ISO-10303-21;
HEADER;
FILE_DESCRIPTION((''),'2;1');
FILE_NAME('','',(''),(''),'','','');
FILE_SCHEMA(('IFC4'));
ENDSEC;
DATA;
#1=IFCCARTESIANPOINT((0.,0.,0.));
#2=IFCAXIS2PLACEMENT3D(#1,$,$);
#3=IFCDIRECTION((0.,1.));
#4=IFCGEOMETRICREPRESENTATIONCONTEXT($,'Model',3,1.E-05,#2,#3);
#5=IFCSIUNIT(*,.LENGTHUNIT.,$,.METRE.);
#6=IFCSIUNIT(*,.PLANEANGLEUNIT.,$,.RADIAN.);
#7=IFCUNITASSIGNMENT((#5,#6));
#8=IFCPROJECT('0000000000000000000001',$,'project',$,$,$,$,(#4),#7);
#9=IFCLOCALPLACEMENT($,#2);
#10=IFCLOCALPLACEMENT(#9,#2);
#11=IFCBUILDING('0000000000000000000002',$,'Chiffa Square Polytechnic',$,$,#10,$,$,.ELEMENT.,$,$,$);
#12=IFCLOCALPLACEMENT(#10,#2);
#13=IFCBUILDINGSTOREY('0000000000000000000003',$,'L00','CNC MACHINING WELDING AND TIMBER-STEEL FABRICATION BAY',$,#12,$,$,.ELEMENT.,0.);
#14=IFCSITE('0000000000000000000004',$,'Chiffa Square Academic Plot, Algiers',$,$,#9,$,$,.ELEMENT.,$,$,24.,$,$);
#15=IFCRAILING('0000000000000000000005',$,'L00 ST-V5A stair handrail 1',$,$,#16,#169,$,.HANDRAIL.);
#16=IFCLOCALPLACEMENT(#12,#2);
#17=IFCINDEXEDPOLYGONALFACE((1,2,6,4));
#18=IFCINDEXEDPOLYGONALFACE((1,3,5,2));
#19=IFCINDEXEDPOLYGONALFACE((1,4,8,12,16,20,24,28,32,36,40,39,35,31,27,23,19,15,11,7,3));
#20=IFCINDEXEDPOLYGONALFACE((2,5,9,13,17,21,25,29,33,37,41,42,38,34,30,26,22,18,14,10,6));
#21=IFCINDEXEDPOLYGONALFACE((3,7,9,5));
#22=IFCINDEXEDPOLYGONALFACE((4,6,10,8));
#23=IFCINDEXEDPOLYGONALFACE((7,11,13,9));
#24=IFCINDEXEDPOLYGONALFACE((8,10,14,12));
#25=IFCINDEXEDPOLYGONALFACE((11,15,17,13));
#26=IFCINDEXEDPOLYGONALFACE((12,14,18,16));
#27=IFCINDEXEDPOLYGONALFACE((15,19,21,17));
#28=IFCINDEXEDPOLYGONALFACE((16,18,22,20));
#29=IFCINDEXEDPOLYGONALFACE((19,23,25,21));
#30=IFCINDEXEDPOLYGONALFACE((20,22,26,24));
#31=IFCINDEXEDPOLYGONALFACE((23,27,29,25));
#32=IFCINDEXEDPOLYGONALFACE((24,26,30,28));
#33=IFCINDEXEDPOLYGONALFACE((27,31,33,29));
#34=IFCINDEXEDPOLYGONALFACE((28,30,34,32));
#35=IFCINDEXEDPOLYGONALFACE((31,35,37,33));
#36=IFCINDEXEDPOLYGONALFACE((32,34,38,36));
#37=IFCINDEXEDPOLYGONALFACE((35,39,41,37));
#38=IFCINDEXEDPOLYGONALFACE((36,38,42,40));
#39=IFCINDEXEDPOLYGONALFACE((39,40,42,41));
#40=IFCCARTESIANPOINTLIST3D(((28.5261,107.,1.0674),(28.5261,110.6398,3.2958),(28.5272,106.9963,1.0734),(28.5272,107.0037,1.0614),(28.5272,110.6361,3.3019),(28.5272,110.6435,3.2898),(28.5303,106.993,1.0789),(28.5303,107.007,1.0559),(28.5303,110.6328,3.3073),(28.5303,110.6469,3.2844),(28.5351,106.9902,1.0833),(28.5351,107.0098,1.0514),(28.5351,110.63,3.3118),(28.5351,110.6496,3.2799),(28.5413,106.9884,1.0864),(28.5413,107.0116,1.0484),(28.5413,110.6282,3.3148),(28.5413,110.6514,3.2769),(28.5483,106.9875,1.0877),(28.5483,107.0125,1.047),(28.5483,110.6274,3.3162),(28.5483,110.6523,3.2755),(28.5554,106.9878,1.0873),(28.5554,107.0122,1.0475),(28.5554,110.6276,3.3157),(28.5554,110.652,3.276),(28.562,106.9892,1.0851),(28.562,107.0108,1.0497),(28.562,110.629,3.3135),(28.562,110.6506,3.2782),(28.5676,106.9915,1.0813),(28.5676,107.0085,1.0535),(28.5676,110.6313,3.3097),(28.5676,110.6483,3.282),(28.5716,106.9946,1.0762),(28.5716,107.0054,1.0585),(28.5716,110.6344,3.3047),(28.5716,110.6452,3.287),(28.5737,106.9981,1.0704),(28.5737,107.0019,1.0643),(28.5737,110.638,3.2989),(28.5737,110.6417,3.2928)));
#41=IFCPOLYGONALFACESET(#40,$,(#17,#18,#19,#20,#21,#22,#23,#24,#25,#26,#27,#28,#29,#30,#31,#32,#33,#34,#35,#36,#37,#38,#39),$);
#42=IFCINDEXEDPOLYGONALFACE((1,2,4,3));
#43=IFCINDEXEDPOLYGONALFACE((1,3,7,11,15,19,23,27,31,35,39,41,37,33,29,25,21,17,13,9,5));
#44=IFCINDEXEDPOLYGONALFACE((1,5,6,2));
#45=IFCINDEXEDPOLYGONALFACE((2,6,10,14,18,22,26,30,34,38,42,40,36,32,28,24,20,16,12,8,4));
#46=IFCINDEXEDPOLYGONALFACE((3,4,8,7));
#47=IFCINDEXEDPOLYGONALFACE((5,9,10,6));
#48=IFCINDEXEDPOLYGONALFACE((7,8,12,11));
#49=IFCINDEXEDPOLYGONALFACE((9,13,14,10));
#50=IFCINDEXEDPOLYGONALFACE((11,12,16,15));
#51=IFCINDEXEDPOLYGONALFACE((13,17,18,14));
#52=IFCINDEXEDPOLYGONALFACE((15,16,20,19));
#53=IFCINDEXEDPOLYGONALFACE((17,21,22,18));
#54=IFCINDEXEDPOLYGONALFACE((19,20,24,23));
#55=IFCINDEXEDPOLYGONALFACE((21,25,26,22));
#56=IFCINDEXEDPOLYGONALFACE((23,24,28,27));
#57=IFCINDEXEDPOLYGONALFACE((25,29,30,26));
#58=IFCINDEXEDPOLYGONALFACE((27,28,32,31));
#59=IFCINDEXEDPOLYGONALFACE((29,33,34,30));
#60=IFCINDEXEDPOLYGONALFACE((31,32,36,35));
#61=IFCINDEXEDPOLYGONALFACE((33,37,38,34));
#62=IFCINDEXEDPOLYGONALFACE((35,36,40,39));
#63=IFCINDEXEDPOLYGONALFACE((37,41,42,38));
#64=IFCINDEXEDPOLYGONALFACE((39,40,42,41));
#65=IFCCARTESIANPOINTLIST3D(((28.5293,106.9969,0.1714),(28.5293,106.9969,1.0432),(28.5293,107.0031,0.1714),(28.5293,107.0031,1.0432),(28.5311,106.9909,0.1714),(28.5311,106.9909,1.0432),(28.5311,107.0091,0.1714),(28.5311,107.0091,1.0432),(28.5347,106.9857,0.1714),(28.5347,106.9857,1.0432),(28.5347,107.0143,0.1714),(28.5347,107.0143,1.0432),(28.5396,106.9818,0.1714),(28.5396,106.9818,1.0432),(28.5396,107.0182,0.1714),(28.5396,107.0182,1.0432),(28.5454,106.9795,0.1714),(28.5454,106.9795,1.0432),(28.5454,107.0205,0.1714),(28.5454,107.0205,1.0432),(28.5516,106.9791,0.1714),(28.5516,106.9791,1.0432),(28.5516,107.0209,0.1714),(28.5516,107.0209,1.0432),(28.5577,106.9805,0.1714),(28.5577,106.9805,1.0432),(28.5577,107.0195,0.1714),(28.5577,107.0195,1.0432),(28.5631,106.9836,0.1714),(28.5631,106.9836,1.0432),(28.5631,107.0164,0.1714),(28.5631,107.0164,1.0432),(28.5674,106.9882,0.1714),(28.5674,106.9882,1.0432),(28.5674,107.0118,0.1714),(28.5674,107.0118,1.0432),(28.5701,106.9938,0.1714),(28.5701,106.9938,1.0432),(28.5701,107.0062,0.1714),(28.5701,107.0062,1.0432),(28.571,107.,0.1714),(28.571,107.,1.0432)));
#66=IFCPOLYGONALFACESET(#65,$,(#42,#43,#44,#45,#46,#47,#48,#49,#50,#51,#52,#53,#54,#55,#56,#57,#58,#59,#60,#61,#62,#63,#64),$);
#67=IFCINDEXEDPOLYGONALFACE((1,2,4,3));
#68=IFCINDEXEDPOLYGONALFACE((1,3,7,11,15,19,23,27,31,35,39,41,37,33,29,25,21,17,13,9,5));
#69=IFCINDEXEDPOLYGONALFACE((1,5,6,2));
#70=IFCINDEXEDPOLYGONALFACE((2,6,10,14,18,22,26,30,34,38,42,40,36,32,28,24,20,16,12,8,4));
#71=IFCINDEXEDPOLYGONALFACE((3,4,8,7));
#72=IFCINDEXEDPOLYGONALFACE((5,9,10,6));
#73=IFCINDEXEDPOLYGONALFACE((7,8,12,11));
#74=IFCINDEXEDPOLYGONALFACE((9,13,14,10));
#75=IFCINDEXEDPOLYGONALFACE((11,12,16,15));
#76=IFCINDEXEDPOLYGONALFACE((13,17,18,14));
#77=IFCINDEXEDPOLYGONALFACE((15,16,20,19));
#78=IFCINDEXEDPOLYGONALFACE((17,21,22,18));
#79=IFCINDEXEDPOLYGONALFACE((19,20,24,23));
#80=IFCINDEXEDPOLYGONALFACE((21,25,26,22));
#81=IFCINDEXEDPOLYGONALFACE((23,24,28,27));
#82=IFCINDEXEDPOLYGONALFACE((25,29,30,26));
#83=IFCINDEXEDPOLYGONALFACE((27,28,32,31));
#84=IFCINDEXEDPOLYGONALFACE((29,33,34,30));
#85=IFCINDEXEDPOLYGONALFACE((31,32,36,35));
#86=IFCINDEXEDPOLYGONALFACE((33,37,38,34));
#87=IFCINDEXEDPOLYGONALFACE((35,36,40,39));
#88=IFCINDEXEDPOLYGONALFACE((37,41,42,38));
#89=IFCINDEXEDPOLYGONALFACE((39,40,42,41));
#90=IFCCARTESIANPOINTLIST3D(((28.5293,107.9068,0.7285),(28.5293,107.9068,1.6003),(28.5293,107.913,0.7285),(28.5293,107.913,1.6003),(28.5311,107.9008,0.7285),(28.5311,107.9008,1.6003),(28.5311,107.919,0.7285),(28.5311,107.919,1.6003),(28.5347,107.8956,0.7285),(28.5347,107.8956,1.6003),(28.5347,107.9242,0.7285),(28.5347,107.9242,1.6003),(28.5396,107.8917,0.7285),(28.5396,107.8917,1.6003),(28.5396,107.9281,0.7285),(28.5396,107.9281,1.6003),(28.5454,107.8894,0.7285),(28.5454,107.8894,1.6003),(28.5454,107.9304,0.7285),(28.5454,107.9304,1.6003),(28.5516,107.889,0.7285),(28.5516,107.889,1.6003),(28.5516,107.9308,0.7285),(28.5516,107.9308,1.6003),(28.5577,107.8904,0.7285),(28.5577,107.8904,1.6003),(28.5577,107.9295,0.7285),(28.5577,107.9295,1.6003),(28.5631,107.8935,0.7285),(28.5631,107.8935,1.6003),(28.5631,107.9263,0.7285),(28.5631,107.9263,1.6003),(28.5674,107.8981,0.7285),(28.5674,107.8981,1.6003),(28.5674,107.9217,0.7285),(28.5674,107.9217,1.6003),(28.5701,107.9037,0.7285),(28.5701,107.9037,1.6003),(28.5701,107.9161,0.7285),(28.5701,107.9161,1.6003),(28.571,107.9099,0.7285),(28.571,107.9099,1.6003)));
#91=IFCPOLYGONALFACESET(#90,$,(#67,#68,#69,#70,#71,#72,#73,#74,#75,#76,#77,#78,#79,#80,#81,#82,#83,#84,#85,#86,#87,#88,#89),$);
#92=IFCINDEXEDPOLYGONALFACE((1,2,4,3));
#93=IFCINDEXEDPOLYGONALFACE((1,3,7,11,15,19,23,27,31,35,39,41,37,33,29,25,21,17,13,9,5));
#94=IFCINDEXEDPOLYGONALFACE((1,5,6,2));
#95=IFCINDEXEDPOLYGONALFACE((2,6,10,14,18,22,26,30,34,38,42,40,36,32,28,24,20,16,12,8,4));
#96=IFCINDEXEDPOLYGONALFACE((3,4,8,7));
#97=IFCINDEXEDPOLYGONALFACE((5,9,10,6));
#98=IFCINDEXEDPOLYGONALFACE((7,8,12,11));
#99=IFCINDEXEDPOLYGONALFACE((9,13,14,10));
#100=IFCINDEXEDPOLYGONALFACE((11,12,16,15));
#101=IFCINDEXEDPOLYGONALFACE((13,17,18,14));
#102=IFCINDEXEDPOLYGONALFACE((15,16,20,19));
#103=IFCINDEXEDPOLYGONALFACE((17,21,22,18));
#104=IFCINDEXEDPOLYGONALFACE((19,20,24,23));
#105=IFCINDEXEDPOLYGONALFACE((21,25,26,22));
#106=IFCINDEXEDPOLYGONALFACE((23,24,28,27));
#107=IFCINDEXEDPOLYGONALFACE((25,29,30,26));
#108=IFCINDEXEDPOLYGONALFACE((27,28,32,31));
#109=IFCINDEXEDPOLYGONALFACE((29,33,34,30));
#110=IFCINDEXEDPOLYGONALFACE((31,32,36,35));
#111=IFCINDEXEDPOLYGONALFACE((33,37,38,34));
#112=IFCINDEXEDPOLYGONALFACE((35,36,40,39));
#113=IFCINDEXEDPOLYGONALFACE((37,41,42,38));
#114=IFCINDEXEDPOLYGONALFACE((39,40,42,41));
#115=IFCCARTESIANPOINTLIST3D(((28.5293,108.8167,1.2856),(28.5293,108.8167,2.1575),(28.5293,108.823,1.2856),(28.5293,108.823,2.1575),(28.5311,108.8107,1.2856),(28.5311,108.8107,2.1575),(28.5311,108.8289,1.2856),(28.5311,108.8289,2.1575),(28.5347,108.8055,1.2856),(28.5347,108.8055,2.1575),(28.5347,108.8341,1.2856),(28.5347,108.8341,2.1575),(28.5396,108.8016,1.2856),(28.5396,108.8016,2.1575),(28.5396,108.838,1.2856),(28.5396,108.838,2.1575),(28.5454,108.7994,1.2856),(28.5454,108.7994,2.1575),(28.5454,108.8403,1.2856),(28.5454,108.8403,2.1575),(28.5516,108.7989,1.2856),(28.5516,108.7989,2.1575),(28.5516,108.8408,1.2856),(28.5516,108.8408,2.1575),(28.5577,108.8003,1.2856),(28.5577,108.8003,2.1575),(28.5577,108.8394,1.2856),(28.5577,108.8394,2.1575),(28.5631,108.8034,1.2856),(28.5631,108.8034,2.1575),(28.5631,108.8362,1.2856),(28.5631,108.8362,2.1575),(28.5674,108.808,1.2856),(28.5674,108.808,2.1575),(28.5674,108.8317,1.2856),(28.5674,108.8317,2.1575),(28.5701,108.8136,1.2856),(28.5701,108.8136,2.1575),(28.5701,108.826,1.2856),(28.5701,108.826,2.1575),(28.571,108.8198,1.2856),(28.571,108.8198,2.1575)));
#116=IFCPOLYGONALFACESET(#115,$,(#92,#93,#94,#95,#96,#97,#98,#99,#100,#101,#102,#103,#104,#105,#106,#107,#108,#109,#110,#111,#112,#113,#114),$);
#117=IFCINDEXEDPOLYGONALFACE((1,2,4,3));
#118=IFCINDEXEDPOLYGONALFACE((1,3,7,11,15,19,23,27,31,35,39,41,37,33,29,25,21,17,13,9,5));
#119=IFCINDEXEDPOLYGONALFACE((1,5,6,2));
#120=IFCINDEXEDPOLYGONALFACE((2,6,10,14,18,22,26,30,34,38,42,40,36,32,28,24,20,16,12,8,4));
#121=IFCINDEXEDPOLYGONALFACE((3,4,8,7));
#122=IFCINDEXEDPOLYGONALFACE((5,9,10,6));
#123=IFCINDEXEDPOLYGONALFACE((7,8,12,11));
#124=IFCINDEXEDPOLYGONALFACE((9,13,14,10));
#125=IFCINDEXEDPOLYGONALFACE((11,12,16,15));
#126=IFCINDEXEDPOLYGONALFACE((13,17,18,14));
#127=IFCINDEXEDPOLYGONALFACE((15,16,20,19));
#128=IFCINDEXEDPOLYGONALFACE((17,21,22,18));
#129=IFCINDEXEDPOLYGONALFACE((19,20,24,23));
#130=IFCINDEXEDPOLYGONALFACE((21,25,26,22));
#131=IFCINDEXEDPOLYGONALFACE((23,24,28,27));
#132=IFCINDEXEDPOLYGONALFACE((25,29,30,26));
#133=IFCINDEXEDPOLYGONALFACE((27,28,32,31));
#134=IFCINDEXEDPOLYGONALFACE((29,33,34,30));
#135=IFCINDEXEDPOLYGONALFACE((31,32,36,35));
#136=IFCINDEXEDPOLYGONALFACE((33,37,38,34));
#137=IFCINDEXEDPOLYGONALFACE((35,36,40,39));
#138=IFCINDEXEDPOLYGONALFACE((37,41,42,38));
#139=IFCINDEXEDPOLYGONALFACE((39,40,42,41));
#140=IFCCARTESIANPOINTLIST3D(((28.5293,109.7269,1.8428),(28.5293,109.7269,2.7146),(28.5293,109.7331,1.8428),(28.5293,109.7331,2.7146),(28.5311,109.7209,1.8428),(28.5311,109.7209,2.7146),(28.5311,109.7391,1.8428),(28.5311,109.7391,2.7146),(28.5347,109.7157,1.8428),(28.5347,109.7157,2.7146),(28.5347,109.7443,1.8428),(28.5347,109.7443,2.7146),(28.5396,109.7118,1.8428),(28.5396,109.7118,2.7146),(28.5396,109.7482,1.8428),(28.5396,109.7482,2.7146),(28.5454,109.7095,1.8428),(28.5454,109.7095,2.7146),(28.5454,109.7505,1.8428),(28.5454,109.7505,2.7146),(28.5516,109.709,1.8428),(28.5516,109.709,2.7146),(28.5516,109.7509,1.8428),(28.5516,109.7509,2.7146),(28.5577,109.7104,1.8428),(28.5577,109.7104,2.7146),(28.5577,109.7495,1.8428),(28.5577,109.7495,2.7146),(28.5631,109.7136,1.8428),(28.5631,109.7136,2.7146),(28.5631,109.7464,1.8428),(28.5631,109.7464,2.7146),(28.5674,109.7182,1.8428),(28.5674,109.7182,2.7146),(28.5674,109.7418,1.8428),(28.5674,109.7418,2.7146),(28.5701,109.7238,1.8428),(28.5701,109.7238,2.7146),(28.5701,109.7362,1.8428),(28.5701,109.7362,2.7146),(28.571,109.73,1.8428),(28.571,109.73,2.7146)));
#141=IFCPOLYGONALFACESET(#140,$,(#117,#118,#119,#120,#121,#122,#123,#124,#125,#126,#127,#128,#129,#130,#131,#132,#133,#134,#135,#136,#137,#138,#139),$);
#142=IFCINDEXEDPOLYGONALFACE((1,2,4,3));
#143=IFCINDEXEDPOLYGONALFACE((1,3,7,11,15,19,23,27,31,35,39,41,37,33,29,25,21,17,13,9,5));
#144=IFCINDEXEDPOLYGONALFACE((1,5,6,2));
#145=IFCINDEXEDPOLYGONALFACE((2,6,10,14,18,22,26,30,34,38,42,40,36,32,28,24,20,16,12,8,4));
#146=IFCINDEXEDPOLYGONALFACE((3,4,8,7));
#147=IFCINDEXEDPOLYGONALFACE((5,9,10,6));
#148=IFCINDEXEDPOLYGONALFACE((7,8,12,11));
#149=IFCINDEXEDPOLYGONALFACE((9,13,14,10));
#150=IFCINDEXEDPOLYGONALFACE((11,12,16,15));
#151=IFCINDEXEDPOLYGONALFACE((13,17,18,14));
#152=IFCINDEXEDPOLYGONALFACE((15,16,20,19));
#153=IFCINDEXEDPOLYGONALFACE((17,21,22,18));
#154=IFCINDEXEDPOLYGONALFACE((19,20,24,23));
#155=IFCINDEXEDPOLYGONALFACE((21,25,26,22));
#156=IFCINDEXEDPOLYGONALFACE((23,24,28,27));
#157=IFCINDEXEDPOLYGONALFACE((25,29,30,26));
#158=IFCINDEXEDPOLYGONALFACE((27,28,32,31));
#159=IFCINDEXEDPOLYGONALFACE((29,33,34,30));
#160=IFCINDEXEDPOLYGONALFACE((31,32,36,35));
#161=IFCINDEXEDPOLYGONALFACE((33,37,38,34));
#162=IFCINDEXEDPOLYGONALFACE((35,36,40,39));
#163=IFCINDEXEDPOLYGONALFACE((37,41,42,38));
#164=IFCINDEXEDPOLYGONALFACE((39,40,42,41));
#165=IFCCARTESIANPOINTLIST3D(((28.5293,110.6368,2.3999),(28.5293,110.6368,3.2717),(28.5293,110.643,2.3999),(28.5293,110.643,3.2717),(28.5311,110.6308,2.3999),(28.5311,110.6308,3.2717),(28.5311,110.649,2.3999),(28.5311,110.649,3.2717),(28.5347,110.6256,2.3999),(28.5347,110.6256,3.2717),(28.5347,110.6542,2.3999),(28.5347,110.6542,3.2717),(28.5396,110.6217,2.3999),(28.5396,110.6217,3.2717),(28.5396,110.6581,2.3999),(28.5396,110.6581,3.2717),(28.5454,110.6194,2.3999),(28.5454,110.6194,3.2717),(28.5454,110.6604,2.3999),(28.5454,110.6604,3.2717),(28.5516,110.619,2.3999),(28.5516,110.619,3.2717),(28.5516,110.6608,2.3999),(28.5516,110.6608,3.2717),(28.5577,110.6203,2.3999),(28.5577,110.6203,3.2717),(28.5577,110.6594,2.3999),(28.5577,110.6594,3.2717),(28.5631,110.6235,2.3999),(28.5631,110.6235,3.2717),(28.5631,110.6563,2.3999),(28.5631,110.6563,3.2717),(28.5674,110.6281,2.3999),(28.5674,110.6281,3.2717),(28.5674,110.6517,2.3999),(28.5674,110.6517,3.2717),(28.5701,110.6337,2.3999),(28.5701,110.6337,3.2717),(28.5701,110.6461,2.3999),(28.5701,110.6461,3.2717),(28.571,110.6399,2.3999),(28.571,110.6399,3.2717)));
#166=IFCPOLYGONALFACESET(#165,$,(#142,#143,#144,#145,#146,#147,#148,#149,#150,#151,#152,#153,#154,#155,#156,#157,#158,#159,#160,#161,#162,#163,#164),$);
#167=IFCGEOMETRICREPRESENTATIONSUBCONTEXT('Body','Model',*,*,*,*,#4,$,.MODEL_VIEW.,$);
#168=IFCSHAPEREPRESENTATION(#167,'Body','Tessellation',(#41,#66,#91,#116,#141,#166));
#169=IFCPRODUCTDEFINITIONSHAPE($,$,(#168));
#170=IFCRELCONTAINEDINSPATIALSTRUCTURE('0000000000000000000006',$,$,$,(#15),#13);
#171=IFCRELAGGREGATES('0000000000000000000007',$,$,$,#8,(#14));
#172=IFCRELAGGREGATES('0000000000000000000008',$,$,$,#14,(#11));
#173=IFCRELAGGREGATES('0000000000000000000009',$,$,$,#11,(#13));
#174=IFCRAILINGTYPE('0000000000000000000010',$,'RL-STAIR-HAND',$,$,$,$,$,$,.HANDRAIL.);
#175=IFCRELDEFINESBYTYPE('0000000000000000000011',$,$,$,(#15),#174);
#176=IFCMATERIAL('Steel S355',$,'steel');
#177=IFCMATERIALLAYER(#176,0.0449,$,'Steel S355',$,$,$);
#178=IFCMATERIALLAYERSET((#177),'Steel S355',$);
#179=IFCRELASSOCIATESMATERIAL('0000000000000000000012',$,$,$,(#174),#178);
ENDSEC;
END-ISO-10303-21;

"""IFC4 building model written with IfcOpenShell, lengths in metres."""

from ifc_helpers import new_model, si_unit, direction, frame, origin, origin_2d, place, context, subcontext, project, spatial, circle, extrude, material, layer, layer_set, type_object, element, save


model = new_model("IFC4")

# Units and contexts
model_context = context("Model", 3, precision=1e-05, world=origin(), true_north=direction((0.0, 1.0)))
body_context = subcontext(model_context, "Body", "Model", "MODEL_VIEW")
ifc_project = project(units=[si_unit("LENGTHUNIT", "METRE"), si_unit("PLANEANGLEUNIT", "RADIAN")], contexts=[model_context])

# Site, building, storey
site_placement = place(None, origin())
site = spatial("IfcSite", under=ifc_project, at=site_placement, Name="Chiffa Square Academic Plot, Algiers", CompositionType="ELEMENT", RefElevation=24.0)
building_placement = place(site_placement, origin())
building = spatial("IfcBuilding", under=site, at=building_placement, Name="Chiffa Square Polytechnic", CompositionType="ELEMENT")
storey_placement = place(building_placement, origin())
storey = spatial("IfcBuildingStorey", under=building, at=storey_placement, Name="L00", Description="CNC MACHINING WELDING AND TIMBER-STEEL FABRICATION BAY", CompositionType="ELEMENT", Elevation=0.0)

# Railing
ifc_material_1 = material(Name="Steel S355", Category="steel")
ifc_layer_1 = layer(ifc_material_1, 0.0449, Name="Steel S355")
ifc_layer_set_1 = layer_set([ifc_layer_1], Name="Steel S355")
railing_type_1 = type_object("IfcRailingType", Name="RL-STAIR-HAND", PredefinedType="HANDRAIL", material=ifc_layer_set_1)
railing_1_placement = place(storey_placement, frame((28.55, 107.0, 0.1714)))
element("IfcRailing", 1, at=railing_1_placement, inside=storey, type_object=railing_type_1, Name="L00 ST-V5A stair handrail 1", PredefinedType="HANDRAIL", context=body_context, shape_type="SweptSolid", body=[
    extrude(circle(Radius=0.0239, at=origin_2d()), frame((0.0, 0.0, 0.896), z_axis=(0.0, 0.85285, 0.522156), x_axis=(-1.0, 0.0, 0.0)), (0.0, 0.0, 1.0), 4.2678),
    extrude(circle(Radius=0.021, at=origin_2d()), origin(), (0.0, 0.0, 1.0), 0.8718),
    extrude(circle(Radius=0.021, at=origin_2d()), frame((0.0, 0.9099, 0.5571)), (0.0, 0.0, 1.0), 0.8718),
    extrude(circle(Radius=0.021, at=origin_2d()), frame((0.0, 1.8198, 1.1143)), (0.0, 0.0, 1.0), 0.8718),
    extrude(circle(Radius=0.021, at=origin_2d()), frame((0.0, 2.73, 1.6714)), (0.0, 0.0, 1.0), 0.8718),
    extrude(circle(Radius=0.021, at=origin_2d()), frame((0.0, 3.6399, 2.2285)), (0.0, 0.0, 1.0), 0.8718),
])

save(model, "model.ifc")
